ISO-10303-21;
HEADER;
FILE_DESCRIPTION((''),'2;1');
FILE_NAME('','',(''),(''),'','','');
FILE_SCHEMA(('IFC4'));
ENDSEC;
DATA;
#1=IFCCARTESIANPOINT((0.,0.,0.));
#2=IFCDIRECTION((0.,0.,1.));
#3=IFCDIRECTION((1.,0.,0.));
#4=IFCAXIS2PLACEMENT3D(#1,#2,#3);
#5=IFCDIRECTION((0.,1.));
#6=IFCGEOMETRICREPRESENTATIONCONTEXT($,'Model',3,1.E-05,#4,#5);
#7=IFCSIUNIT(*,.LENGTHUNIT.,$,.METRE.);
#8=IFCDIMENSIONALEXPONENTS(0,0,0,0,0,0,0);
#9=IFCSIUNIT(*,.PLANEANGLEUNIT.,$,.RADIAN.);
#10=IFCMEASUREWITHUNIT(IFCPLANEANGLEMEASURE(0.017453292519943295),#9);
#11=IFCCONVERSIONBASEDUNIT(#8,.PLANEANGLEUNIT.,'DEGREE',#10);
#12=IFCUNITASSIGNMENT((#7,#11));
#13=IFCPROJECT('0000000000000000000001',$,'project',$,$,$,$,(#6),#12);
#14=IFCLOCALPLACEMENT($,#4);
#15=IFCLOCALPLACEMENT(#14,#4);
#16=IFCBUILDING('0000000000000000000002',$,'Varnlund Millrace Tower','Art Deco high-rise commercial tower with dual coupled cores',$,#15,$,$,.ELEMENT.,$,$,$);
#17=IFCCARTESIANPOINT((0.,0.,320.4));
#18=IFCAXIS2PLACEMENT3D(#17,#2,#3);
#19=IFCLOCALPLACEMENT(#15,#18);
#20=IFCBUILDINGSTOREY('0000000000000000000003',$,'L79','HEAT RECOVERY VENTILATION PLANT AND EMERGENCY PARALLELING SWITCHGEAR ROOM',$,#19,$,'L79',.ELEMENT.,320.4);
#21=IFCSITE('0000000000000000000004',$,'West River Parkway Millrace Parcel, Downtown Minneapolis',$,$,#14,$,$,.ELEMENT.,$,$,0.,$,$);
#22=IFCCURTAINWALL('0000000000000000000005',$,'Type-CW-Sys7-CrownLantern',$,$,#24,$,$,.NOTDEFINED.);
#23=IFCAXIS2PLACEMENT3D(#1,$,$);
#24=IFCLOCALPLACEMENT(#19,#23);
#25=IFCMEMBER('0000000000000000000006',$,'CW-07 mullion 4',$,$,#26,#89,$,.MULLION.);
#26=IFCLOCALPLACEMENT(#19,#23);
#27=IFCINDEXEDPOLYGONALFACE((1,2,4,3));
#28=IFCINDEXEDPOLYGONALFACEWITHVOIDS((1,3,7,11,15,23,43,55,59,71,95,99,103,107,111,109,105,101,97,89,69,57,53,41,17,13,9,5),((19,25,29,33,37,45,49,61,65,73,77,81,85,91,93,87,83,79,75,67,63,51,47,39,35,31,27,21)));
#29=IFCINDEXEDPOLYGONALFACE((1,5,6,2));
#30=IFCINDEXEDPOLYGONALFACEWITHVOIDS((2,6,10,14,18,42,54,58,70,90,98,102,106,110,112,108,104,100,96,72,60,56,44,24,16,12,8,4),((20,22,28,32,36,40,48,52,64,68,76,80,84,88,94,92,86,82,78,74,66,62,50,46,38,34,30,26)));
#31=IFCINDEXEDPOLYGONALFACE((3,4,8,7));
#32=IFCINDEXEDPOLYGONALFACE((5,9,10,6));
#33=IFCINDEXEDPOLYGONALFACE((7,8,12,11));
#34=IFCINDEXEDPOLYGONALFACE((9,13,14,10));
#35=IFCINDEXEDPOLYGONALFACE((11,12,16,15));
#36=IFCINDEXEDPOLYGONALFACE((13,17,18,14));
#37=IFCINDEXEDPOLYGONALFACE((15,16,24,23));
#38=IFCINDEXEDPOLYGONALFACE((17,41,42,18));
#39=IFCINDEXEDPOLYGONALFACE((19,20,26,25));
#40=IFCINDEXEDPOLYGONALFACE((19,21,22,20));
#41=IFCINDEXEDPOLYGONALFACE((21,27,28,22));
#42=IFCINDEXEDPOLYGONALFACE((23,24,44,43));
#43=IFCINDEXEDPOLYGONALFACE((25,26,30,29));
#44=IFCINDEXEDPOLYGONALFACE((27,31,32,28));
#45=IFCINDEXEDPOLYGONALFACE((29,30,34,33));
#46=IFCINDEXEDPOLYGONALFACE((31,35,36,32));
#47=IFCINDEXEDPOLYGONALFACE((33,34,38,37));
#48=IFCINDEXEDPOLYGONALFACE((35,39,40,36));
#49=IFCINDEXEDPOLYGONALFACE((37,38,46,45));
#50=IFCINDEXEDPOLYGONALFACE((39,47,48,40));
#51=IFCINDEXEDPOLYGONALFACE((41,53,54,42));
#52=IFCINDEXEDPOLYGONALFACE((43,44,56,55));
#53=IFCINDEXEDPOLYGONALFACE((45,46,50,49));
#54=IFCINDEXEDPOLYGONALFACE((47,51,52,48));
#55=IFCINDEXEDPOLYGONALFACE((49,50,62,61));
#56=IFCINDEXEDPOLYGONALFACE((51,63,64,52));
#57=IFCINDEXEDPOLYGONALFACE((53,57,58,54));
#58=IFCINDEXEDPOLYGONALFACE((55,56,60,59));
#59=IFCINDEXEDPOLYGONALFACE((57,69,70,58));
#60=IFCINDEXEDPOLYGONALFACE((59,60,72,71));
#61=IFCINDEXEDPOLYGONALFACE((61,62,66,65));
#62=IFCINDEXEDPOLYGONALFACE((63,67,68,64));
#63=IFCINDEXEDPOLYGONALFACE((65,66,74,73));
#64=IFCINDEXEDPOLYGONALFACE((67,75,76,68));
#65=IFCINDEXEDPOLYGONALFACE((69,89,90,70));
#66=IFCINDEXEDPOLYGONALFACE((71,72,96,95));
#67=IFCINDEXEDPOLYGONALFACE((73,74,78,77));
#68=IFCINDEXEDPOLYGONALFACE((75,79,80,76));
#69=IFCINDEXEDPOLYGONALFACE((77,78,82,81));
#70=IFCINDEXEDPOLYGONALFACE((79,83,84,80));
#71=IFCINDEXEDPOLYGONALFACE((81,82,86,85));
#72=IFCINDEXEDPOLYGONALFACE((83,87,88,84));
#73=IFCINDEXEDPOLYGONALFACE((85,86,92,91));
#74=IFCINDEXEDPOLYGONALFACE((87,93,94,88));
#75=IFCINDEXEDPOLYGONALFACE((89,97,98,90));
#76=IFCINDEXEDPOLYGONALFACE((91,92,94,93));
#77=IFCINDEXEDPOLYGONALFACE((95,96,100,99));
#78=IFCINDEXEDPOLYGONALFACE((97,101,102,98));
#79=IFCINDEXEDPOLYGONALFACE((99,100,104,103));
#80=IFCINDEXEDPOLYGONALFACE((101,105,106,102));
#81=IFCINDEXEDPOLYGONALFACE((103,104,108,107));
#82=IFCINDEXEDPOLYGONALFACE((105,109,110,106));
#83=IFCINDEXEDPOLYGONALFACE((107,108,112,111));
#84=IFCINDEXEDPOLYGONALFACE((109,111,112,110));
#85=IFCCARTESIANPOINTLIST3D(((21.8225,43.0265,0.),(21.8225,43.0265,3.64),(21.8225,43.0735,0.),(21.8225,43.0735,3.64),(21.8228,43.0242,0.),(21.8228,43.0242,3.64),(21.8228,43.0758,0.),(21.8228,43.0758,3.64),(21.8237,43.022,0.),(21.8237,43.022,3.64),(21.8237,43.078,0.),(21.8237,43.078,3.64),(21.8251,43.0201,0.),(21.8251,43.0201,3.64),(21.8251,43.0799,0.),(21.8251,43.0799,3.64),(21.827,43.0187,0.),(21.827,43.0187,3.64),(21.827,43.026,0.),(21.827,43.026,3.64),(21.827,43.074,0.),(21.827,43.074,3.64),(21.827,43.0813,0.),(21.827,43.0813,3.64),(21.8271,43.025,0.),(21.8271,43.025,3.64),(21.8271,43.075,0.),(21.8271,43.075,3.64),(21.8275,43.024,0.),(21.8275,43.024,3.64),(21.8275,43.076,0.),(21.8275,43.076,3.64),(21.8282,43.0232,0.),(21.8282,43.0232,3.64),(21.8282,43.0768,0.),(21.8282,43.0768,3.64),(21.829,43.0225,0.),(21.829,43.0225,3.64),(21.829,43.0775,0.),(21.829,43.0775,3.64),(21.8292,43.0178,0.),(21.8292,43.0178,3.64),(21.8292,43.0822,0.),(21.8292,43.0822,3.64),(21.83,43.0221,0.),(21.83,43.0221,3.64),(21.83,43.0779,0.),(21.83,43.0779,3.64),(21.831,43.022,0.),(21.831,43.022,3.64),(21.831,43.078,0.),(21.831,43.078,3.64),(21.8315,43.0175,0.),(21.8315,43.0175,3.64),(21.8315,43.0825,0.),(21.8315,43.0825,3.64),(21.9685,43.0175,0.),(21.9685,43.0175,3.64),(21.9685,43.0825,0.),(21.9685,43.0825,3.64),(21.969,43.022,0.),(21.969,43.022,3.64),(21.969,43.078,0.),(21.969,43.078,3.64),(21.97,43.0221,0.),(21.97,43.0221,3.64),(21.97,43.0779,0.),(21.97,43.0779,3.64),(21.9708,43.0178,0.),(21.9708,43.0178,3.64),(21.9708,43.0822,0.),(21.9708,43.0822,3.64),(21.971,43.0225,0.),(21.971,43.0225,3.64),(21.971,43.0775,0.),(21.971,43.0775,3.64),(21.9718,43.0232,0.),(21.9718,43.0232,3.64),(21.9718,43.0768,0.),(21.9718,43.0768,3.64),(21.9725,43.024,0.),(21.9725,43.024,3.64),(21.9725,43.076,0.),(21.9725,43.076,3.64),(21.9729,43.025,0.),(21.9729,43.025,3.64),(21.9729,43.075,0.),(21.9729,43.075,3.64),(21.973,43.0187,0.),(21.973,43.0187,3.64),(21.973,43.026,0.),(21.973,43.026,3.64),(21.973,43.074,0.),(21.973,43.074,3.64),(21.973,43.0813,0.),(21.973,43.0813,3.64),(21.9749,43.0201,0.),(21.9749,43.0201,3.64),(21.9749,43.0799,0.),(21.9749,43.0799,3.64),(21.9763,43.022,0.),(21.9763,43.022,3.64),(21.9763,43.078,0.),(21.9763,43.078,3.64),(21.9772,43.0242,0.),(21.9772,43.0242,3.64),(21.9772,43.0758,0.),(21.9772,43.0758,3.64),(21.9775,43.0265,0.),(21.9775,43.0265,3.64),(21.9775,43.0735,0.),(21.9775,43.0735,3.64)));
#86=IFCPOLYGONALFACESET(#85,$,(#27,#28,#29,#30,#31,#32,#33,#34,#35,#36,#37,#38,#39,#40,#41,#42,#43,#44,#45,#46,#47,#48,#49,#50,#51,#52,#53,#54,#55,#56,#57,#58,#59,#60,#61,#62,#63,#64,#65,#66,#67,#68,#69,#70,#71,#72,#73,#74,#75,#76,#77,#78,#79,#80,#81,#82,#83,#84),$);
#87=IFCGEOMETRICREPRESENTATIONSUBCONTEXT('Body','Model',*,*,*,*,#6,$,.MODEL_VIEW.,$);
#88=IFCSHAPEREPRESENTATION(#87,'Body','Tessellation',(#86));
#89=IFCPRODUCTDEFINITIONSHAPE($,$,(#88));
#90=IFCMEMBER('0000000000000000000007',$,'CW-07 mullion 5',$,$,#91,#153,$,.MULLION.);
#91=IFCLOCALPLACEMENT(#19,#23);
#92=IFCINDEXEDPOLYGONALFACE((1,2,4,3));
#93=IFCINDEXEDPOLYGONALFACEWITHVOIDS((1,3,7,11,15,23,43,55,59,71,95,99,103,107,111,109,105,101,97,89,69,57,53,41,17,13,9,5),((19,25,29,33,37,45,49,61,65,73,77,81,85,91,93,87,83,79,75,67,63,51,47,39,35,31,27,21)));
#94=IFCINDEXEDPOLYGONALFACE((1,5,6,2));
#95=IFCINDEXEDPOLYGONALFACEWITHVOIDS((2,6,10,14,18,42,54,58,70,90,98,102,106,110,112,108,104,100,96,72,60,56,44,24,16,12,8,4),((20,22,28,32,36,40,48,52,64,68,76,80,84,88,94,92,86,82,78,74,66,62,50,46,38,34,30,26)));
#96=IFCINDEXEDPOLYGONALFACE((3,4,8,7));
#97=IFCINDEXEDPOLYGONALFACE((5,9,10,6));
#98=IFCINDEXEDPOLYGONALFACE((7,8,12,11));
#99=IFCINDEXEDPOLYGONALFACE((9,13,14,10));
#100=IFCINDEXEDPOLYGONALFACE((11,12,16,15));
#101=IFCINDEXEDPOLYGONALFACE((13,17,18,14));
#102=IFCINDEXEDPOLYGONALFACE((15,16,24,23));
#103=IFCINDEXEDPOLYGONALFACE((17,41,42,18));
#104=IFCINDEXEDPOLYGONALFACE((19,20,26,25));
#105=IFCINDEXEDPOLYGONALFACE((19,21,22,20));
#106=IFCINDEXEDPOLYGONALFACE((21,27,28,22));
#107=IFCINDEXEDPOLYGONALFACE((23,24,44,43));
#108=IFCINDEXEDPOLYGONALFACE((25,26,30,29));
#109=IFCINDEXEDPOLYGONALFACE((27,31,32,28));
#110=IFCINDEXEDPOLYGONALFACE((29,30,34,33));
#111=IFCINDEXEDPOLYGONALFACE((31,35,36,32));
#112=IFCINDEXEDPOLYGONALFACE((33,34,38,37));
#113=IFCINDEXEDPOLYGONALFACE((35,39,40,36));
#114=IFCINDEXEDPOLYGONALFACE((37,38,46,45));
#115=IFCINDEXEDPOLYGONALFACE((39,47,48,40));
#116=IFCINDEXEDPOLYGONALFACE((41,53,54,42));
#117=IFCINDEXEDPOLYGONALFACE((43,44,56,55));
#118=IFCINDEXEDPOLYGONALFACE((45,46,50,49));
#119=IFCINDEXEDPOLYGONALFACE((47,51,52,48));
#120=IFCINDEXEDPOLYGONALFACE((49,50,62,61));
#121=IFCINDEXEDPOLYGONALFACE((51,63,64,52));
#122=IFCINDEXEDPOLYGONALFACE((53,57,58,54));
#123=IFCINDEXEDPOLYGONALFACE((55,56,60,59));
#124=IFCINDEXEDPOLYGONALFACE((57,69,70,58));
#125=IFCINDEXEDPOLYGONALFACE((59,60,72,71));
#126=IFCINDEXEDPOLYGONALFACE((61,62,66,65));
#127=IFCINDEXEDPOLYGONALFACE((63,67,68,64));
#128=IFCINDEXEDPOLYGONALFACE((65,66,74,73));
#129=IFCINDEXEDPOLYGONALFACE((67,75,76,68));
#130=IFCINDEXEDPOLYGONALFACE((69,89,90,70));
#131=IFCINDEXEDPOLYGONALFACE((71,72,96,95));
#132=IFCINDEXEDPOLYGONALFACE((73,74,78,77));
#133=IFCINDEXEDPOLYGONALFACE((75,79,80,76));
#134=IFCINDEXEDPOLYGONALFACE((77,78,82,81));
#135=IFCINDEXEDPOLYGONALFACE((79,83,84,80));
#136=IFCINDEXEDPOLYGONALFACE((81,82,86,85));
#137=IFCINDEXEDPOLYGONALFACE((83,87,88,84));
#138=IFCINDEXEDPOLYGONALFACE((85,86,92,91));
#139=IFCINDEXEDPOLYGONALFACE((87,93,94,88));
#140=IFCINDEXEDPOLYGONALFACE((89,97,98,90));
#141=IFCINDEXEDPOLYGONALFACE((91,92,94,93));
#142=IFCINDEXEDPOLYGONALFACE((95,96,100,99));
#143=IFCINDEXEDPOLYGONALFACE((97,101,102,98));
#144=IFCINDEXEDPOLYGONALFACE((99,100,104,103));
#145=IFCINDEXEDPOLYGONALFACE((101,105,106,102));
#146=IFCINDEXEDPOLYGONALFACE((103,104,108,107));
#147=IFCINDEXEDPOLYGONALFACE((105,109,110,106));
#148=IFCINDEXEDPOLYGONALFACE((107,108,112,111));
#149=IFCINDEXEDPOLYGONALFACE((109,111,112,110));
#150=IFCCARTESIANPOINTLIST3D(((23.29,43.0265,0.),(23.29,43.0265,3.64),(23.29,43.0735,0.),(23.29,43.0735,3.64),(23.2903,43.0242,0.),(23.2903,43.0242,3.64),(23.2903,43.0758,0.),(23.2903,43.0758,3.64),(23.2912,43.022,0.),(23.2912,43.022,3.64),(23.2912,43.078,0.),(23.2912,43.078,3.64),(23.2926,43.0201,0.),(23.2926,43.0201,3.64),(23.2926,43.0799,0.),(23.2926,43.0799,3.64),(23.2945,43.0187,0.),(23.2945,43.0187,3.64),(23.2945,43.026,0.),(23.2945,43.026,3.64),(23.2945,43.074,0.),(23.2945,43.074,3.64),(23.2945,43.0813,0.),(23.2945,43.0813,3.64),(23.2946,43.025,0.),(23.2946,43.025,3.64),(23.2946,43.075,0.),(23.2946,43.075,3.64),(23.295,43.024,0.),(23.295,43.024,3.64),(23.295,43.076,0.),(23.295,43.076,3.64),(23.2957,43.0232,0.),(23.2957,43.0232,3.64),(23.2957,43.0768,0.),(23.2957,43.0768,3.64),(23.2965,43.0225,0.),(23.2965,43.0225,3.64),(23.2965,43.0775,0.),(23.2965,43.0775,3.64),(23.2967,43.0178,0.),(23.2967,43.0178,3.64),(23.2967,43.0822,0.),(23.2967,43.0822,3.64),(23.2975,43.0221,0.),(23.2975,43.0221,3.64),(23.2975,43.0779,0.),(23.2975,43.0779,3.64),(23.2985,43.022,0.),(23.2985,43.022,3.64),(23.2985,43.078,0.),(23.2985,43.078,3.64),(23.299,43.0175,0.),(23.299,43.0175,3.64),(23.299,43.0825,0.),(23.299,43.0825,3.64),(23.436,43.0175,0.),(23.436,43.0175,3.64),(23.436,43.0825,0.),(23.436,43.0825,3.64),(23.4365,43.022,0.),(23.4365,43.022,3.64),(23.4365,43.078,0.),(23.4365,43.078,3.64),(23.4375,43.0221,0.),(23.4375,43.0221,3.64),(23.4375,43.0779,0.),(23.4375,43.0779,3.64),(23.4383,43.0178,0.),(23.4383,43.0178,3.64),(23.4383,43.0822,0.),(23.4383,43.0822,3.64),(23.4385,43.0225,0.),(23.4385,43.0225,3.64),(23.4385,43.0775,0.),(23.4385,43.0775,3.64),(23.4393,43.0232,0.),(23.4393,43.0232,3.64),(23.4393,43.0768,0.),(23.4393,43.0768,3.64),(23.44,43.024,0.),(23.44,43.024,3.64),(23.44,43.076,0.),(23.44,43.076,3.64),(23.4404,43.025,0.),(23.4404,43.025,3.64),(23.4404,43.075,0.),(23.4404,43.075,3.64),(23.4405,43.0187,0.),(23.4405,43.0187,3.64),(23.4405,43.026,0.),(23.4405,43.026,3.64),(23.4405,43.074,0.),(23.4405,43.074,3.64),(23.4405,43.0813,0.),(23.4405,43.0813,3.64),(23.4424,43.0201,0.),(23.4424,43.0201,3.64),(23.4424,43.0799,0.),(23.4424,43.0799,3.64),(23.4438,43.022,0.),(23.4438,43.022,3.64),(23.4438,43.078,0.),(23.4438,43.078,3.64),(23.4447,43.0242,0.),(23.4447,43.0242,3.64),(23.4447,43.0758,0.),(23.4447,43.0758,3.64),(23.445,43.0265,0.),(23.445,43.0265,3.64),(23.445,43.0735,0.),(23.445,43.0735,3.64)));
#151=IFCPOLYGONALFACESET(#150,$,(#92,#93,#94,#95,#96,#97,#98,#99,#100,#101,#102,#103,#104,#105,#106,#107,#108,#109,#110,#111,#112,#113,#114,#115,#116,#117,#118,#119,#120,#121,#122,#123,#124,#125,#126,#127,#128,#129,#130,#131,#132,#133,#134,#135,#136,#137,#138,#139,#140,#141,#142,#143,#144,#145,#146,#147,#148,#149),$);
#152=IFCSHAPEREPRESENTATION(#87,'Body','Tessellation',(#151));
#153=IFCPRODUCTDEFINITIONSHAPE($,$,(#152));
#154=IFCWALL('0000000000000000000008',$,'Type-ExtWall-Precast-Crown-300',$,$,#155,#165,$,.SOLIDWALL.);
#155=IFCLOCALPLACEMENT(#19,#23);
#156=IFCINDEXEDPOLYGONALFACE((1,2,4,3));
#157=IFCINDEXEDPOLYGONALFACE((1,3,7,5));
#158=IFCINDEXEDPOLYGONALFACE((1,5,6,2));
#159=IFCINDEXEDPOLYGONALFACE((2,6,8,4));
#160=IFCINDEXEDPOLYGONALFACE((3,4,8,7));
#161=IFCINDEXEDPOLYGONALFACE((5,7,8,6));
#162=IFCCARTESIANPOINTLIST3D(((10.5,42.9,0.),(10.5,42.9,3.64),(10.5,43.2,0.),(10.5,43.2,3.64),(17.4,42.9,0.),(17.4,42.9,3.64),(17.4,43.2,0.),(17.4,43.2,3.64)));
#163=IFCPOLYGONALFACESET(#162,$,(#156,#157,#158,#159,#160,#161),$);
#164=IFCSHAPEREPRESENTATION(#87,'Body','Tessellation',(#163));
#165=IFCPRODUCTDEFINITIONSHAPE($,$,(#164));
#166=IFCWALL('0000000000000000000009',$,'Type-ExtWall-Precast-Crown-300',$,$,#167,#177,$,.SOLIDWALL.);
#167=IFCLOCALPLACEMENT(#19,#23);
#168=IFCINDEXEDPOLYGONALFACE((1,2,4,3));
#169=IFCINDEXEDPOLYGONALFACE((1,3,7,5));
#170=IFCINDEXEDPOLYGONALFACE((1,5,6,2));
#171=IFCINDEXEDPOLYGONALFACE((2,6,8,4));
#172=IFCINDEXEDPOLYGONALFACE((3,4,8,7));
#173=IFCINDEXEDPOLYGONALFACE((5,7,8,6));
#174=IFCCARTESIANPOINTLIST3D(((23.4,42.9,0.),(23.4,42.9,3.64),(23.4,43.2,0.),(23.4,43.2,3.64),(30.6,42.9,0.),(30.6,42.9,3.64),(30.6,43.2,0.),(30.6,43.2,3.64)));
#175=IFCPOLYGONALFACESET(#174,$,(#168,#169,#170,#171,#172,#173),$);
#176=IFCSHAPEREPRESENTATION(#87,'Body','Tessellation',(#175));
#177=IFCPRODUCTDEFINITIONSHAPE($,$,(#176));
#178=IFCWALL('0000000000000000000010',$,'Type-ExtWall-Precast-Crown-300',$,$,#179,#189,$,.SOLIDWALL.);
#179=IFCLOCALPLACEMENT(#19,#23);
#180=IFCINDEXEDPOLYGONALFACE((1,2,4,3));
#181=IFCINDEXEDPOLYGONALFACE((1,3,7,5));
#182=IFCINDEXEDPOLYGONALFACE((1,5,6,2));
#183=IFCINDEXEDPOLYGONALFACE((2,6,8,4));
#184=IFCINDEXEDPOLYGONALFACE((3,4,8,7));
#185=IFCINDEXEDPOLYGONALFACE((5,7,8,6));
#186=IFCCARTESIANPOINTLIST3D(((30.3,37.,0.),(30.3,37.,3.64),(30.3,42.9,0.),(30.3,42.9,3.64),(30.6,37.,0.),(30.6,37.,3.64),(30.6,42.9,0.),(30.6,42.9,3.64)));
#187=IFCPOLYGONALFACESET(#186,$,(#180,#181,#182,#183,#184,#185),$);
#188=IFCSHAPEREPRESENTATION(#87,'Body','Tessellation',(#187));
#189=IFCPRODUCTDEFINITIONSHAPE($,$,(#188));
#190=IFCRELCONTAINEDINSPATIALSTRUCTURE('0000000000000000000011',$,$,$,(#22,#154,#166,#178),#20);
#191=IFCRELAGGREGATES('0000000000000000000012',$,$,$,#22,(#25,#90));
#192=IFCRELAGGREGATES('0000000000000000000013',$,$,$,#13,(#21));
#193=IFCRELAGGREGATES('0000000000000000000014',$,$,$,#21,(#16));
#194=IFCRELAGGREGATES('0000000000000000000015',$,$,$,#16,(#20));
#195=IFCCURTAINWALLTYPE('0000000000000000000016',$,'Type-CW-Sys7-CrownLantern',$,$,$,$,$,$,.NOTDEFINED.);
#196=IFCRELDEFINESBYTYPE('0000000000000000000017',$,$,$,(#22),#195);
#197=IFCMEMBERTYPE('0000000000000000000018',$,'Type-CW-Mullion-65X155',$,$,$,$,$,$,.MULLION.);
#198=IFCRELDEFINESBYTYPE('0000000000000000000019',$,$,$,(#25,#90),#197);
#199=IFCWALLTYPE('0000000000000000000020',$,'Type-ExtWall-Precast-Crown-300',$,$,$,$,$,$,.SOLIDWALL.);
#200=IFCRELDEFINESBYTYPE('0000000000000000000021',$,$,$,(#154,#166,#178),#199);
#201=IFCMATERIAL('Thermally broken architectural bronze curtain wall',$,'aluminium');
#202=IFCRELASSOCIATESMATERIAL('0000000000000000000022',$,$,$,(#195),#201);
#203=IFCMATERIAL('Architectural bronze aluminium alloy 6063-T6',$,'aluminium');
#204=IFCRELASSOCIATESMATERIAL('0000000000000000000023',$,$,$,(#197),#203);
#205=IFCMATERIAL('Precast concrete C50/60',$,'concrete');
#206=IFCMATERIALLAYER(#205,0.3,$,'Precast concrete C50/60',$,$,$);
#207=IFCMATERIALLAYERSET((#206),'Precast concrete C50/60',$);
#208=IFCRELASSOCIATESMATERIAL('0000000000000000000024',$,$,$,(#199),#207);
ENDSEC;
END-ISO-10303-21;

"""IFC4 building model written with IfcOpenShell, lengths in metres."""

from ifc_helpers import new_model, entity, si_unit, converted_unit, direction, frame, origin_with_axes, origin_2d_with_axis, place, context, subcontext, project, spatial, polyline, hollow_rectangle, outline, extrude, material, layer, layer_set, material_profile, profile_set, type_object, element, aggregate, save


model = new_model("IFC4")

# Units and contexts
model_context = context("Model", 3, precision=1e-05, world=origin_with_axes(), true_north=direction((0.0, 1.0)))
body_context = subcontext(model_context, "Body", "Model", "MODEL_VIEW")
ifc_project = project(units=[si_unit("LENGTHUNIT", "METRE"), converted_unit("PLANEANGLEUNIT", "DEGREE", entity("IfcPlaneAngleMeasure", 0.017453292519943295), si_unit("PLANEANGLEUNIT", "RADIAN"), dimensions=[0, 0, 0, 0, 0, 0, 0])], contexts=[model_context])

# Site, building, storey
site_placement = place(None, origin_with_axes())
site = spatial("IfcSite", under=ifc_project, at=site_placement, Name="West River Parkway Millrace Parcel, Downtown Minneapolis", CompositionType="ELEMENT", RefElevation=0.0)
building_placement = place(site_placement, origin_with_axes())
building = spatial("IfcBuilding", under=site, at=building_placement, Name="Varnlund Millrace Tower", Description="Art Deco high-rise commercial tower with dual coupled cores", CompositionType="ELEMENT")
storey_placement = place(building_placement, frame((0.0, 0.0, 320.4), z_axis=(0.0, 0.0, 1.0), x_axis=(1.0, 0.0, 0.0)))
storey = spatial("IfcBuildingStorey", under=building, at=storey_placement, Name="L79", Description="HEAT RECOVERY VENTILATION PLANT AND EMERGENCY PARALLELING SWITCHGEAR ROOM", LongName="L79", CompositionType="ELEMENT", Elevation=320.4)

# Curtain wall, members
ifc_material_1 = material(Name="Thermally broken architectural bronze curtain wall", Category="aluminium")
curtain_wall_type = type_object("IfcCurtainWallType", Name="Type-CW-Sys7-CrownLantern", PredefinedType="NOTDEFINED", material=ifc_material_1)
ifc_material_2 = material(Name="Architectural bronze aluminium alloy 6063-T6", Category="aluminium")
ifc_material_profile_1 = material_profile(ifc_material_2, hollow_rectangle(XDim=0.065, YDim=0.155, WallThickness=0.0045, InnerFilletRadius=0.004, OuterFilletRadius=0.009, at=origin_2d_with_axis()), Name="Architectural bronze aluminium alloy 6063-T6")
ifc_profile_set_1 = profile_set([ifc_material_profile_1], Name="Architectural bronze aluminium alloy 6063-T6")
member_type = type_object("IfcMemberType", Name="Type-CW-Mullion-65X155", PredefinedType="MULLION", material=ifc_profile_set_1)
curtain_wall_1_placement = place(storey_placement, frame((17.4, 43.05, 0.0), z_axis=(0.0, 0.0, 1.0), x_axis=(1.0, 0.0, 0.0)))
curtain_wall_1 = element("IfcCurtainWall", 1, at=curtain_wall_1_placement, inside=storey, type_object=curtain_wall_type, Name="Type-CW-Sys7-CrownLantern", PredefinedType="NOTDEFINED")
member_1_placement = place(storey_placement, frame((21.9, 43.05, 0.0), z_axis=(0.0, 0.0, 1.0), x_axis=(0.0, 1.0, 0.0)))
member_1 = element("IfcMember", 2, at=member_1_placement, type_object=member_type, Name="CW-07 mullion 4", PredefinedType="MULLION", context=body_context, shape_type="SweptSolid", body=[
    extrude(hollow_rectangle(XDim=0.065, YDim=0.155, WallThickness=0.0045, InnerFilletRadius=0.004, OuterFilletRadius=0.009, at=origin_2d_with_axis()), origin_with_axes(), (0.0, 0.0, 1.0), 3.64),
])
member_2_placement = place(storey_placement, frame((23.3675, 43.05, 0.0), z_axis=(0.0, 0.0, 1.0), x_axis=(0.0, 1.0, 0.0)))
member_2 = element("IfcMember", 3, at=member_2_placement, type_object=member_type, Name="CW-07 mullion 5", PredefinedType="MULLION", context=body_context, shape_type="SweptSolid", body=[
    extrude(hollow_rectangle(XDim=0.065, YDim=0.155, WallThickness=0.0045, InnerFilletRadius=0.004, OuterFilletRadius=0.009, at=origin_2d_with_axis()), origin_with_axes(), (0.0, 0.0, 1.0), 3.64),
])
aggregate(curtain_wall_1, [member_1, member_2])

# Walls
ifc_material_3 = material(Name="Precast concrete C50/60", Category="concrete")
ifc_layer_1 = layer(ifc_material_3, 0.3, Name="Precast concrete C50/60")
ifc_layer_set_1 = layer_set([ifc_layer_1], Name="Precast concrete C50/60")
wall_type_1 = type_object("IfcWallType", Name="Type-ExtWall-Precast-Crown-300", PredefinedType="SOLIDWALL", material=ifc_layer_set_1)
wall_1_placement = place(storey_placement, frame((10.5, 43.05, 0.0), z_axis=(0.0, 0.0, 1.0), x_axis=(1.0, 0.0, 0.0)))
element("IfcWall", 4, at=wall_1_placement, inside=storey, type_object=wall_type_1, Name="Type-ExtWall-Precast-Crown-300", PredefinedType="SOLIDWALL", context=body_context, shape_type="SweptSolid", body=[
    extrude(outline(polyline([(0.0, -0.15), (6.9, -0.15), (6.9, 0.15), (0.0, 0.15), (0.0, -0.15)])), origin_with_axes(), (0.0, 0.0, 1.0), 3.64),
])
wall_2_placement = place(storey_placement, frame((23.4, 43.05, 0.0), z_axis=(0.0, 0.0, 1.0), x_axis=(1.0, 0.0, 0.0)))
element("IfcWall", 5, at=wall_2_placement, inside=storey, type_object=wall_type_1, Name="Type-ExtWall-Precast-Crown-300", PredefinedType="SOLIDWALL", context=body_context, shape_type="SweptSolid", body=[
    extrude(outline(polyline([(0.0, -0.15), (7.2, -0.15), (7.2, 0.15), (0.0, 0.15), (0.0, -0.15)])), origin_with_axes(), (0.0, 0.0, 1.0), 3.64),
])
wall_3_placement = place(storey_placement, frame((30.45, 42.9, 0.0), z_axis=(0.0, 0.0, 1.0), x_axis=(0.0, -1.0, 0.0)))
element("IfcWall", 6, at=wall_3_placement, inside=storey, type_object=wall_type_1, Name="Type-ExtWall-Precast-Crown-300", PredefinedType="SOLIDWALL", context=body_context, shape_type="SweptSolid", body=[
    extrude(outline(polyline([(0.0, -0.15), (5.9, -0.15), (5.9, 0.15), (0.0, 0.15), (0.0, -0.15)])), origin_with_axes(), (0.0, 0.0, 1.0), 3.64),
])

save(model, "model.ifc")
